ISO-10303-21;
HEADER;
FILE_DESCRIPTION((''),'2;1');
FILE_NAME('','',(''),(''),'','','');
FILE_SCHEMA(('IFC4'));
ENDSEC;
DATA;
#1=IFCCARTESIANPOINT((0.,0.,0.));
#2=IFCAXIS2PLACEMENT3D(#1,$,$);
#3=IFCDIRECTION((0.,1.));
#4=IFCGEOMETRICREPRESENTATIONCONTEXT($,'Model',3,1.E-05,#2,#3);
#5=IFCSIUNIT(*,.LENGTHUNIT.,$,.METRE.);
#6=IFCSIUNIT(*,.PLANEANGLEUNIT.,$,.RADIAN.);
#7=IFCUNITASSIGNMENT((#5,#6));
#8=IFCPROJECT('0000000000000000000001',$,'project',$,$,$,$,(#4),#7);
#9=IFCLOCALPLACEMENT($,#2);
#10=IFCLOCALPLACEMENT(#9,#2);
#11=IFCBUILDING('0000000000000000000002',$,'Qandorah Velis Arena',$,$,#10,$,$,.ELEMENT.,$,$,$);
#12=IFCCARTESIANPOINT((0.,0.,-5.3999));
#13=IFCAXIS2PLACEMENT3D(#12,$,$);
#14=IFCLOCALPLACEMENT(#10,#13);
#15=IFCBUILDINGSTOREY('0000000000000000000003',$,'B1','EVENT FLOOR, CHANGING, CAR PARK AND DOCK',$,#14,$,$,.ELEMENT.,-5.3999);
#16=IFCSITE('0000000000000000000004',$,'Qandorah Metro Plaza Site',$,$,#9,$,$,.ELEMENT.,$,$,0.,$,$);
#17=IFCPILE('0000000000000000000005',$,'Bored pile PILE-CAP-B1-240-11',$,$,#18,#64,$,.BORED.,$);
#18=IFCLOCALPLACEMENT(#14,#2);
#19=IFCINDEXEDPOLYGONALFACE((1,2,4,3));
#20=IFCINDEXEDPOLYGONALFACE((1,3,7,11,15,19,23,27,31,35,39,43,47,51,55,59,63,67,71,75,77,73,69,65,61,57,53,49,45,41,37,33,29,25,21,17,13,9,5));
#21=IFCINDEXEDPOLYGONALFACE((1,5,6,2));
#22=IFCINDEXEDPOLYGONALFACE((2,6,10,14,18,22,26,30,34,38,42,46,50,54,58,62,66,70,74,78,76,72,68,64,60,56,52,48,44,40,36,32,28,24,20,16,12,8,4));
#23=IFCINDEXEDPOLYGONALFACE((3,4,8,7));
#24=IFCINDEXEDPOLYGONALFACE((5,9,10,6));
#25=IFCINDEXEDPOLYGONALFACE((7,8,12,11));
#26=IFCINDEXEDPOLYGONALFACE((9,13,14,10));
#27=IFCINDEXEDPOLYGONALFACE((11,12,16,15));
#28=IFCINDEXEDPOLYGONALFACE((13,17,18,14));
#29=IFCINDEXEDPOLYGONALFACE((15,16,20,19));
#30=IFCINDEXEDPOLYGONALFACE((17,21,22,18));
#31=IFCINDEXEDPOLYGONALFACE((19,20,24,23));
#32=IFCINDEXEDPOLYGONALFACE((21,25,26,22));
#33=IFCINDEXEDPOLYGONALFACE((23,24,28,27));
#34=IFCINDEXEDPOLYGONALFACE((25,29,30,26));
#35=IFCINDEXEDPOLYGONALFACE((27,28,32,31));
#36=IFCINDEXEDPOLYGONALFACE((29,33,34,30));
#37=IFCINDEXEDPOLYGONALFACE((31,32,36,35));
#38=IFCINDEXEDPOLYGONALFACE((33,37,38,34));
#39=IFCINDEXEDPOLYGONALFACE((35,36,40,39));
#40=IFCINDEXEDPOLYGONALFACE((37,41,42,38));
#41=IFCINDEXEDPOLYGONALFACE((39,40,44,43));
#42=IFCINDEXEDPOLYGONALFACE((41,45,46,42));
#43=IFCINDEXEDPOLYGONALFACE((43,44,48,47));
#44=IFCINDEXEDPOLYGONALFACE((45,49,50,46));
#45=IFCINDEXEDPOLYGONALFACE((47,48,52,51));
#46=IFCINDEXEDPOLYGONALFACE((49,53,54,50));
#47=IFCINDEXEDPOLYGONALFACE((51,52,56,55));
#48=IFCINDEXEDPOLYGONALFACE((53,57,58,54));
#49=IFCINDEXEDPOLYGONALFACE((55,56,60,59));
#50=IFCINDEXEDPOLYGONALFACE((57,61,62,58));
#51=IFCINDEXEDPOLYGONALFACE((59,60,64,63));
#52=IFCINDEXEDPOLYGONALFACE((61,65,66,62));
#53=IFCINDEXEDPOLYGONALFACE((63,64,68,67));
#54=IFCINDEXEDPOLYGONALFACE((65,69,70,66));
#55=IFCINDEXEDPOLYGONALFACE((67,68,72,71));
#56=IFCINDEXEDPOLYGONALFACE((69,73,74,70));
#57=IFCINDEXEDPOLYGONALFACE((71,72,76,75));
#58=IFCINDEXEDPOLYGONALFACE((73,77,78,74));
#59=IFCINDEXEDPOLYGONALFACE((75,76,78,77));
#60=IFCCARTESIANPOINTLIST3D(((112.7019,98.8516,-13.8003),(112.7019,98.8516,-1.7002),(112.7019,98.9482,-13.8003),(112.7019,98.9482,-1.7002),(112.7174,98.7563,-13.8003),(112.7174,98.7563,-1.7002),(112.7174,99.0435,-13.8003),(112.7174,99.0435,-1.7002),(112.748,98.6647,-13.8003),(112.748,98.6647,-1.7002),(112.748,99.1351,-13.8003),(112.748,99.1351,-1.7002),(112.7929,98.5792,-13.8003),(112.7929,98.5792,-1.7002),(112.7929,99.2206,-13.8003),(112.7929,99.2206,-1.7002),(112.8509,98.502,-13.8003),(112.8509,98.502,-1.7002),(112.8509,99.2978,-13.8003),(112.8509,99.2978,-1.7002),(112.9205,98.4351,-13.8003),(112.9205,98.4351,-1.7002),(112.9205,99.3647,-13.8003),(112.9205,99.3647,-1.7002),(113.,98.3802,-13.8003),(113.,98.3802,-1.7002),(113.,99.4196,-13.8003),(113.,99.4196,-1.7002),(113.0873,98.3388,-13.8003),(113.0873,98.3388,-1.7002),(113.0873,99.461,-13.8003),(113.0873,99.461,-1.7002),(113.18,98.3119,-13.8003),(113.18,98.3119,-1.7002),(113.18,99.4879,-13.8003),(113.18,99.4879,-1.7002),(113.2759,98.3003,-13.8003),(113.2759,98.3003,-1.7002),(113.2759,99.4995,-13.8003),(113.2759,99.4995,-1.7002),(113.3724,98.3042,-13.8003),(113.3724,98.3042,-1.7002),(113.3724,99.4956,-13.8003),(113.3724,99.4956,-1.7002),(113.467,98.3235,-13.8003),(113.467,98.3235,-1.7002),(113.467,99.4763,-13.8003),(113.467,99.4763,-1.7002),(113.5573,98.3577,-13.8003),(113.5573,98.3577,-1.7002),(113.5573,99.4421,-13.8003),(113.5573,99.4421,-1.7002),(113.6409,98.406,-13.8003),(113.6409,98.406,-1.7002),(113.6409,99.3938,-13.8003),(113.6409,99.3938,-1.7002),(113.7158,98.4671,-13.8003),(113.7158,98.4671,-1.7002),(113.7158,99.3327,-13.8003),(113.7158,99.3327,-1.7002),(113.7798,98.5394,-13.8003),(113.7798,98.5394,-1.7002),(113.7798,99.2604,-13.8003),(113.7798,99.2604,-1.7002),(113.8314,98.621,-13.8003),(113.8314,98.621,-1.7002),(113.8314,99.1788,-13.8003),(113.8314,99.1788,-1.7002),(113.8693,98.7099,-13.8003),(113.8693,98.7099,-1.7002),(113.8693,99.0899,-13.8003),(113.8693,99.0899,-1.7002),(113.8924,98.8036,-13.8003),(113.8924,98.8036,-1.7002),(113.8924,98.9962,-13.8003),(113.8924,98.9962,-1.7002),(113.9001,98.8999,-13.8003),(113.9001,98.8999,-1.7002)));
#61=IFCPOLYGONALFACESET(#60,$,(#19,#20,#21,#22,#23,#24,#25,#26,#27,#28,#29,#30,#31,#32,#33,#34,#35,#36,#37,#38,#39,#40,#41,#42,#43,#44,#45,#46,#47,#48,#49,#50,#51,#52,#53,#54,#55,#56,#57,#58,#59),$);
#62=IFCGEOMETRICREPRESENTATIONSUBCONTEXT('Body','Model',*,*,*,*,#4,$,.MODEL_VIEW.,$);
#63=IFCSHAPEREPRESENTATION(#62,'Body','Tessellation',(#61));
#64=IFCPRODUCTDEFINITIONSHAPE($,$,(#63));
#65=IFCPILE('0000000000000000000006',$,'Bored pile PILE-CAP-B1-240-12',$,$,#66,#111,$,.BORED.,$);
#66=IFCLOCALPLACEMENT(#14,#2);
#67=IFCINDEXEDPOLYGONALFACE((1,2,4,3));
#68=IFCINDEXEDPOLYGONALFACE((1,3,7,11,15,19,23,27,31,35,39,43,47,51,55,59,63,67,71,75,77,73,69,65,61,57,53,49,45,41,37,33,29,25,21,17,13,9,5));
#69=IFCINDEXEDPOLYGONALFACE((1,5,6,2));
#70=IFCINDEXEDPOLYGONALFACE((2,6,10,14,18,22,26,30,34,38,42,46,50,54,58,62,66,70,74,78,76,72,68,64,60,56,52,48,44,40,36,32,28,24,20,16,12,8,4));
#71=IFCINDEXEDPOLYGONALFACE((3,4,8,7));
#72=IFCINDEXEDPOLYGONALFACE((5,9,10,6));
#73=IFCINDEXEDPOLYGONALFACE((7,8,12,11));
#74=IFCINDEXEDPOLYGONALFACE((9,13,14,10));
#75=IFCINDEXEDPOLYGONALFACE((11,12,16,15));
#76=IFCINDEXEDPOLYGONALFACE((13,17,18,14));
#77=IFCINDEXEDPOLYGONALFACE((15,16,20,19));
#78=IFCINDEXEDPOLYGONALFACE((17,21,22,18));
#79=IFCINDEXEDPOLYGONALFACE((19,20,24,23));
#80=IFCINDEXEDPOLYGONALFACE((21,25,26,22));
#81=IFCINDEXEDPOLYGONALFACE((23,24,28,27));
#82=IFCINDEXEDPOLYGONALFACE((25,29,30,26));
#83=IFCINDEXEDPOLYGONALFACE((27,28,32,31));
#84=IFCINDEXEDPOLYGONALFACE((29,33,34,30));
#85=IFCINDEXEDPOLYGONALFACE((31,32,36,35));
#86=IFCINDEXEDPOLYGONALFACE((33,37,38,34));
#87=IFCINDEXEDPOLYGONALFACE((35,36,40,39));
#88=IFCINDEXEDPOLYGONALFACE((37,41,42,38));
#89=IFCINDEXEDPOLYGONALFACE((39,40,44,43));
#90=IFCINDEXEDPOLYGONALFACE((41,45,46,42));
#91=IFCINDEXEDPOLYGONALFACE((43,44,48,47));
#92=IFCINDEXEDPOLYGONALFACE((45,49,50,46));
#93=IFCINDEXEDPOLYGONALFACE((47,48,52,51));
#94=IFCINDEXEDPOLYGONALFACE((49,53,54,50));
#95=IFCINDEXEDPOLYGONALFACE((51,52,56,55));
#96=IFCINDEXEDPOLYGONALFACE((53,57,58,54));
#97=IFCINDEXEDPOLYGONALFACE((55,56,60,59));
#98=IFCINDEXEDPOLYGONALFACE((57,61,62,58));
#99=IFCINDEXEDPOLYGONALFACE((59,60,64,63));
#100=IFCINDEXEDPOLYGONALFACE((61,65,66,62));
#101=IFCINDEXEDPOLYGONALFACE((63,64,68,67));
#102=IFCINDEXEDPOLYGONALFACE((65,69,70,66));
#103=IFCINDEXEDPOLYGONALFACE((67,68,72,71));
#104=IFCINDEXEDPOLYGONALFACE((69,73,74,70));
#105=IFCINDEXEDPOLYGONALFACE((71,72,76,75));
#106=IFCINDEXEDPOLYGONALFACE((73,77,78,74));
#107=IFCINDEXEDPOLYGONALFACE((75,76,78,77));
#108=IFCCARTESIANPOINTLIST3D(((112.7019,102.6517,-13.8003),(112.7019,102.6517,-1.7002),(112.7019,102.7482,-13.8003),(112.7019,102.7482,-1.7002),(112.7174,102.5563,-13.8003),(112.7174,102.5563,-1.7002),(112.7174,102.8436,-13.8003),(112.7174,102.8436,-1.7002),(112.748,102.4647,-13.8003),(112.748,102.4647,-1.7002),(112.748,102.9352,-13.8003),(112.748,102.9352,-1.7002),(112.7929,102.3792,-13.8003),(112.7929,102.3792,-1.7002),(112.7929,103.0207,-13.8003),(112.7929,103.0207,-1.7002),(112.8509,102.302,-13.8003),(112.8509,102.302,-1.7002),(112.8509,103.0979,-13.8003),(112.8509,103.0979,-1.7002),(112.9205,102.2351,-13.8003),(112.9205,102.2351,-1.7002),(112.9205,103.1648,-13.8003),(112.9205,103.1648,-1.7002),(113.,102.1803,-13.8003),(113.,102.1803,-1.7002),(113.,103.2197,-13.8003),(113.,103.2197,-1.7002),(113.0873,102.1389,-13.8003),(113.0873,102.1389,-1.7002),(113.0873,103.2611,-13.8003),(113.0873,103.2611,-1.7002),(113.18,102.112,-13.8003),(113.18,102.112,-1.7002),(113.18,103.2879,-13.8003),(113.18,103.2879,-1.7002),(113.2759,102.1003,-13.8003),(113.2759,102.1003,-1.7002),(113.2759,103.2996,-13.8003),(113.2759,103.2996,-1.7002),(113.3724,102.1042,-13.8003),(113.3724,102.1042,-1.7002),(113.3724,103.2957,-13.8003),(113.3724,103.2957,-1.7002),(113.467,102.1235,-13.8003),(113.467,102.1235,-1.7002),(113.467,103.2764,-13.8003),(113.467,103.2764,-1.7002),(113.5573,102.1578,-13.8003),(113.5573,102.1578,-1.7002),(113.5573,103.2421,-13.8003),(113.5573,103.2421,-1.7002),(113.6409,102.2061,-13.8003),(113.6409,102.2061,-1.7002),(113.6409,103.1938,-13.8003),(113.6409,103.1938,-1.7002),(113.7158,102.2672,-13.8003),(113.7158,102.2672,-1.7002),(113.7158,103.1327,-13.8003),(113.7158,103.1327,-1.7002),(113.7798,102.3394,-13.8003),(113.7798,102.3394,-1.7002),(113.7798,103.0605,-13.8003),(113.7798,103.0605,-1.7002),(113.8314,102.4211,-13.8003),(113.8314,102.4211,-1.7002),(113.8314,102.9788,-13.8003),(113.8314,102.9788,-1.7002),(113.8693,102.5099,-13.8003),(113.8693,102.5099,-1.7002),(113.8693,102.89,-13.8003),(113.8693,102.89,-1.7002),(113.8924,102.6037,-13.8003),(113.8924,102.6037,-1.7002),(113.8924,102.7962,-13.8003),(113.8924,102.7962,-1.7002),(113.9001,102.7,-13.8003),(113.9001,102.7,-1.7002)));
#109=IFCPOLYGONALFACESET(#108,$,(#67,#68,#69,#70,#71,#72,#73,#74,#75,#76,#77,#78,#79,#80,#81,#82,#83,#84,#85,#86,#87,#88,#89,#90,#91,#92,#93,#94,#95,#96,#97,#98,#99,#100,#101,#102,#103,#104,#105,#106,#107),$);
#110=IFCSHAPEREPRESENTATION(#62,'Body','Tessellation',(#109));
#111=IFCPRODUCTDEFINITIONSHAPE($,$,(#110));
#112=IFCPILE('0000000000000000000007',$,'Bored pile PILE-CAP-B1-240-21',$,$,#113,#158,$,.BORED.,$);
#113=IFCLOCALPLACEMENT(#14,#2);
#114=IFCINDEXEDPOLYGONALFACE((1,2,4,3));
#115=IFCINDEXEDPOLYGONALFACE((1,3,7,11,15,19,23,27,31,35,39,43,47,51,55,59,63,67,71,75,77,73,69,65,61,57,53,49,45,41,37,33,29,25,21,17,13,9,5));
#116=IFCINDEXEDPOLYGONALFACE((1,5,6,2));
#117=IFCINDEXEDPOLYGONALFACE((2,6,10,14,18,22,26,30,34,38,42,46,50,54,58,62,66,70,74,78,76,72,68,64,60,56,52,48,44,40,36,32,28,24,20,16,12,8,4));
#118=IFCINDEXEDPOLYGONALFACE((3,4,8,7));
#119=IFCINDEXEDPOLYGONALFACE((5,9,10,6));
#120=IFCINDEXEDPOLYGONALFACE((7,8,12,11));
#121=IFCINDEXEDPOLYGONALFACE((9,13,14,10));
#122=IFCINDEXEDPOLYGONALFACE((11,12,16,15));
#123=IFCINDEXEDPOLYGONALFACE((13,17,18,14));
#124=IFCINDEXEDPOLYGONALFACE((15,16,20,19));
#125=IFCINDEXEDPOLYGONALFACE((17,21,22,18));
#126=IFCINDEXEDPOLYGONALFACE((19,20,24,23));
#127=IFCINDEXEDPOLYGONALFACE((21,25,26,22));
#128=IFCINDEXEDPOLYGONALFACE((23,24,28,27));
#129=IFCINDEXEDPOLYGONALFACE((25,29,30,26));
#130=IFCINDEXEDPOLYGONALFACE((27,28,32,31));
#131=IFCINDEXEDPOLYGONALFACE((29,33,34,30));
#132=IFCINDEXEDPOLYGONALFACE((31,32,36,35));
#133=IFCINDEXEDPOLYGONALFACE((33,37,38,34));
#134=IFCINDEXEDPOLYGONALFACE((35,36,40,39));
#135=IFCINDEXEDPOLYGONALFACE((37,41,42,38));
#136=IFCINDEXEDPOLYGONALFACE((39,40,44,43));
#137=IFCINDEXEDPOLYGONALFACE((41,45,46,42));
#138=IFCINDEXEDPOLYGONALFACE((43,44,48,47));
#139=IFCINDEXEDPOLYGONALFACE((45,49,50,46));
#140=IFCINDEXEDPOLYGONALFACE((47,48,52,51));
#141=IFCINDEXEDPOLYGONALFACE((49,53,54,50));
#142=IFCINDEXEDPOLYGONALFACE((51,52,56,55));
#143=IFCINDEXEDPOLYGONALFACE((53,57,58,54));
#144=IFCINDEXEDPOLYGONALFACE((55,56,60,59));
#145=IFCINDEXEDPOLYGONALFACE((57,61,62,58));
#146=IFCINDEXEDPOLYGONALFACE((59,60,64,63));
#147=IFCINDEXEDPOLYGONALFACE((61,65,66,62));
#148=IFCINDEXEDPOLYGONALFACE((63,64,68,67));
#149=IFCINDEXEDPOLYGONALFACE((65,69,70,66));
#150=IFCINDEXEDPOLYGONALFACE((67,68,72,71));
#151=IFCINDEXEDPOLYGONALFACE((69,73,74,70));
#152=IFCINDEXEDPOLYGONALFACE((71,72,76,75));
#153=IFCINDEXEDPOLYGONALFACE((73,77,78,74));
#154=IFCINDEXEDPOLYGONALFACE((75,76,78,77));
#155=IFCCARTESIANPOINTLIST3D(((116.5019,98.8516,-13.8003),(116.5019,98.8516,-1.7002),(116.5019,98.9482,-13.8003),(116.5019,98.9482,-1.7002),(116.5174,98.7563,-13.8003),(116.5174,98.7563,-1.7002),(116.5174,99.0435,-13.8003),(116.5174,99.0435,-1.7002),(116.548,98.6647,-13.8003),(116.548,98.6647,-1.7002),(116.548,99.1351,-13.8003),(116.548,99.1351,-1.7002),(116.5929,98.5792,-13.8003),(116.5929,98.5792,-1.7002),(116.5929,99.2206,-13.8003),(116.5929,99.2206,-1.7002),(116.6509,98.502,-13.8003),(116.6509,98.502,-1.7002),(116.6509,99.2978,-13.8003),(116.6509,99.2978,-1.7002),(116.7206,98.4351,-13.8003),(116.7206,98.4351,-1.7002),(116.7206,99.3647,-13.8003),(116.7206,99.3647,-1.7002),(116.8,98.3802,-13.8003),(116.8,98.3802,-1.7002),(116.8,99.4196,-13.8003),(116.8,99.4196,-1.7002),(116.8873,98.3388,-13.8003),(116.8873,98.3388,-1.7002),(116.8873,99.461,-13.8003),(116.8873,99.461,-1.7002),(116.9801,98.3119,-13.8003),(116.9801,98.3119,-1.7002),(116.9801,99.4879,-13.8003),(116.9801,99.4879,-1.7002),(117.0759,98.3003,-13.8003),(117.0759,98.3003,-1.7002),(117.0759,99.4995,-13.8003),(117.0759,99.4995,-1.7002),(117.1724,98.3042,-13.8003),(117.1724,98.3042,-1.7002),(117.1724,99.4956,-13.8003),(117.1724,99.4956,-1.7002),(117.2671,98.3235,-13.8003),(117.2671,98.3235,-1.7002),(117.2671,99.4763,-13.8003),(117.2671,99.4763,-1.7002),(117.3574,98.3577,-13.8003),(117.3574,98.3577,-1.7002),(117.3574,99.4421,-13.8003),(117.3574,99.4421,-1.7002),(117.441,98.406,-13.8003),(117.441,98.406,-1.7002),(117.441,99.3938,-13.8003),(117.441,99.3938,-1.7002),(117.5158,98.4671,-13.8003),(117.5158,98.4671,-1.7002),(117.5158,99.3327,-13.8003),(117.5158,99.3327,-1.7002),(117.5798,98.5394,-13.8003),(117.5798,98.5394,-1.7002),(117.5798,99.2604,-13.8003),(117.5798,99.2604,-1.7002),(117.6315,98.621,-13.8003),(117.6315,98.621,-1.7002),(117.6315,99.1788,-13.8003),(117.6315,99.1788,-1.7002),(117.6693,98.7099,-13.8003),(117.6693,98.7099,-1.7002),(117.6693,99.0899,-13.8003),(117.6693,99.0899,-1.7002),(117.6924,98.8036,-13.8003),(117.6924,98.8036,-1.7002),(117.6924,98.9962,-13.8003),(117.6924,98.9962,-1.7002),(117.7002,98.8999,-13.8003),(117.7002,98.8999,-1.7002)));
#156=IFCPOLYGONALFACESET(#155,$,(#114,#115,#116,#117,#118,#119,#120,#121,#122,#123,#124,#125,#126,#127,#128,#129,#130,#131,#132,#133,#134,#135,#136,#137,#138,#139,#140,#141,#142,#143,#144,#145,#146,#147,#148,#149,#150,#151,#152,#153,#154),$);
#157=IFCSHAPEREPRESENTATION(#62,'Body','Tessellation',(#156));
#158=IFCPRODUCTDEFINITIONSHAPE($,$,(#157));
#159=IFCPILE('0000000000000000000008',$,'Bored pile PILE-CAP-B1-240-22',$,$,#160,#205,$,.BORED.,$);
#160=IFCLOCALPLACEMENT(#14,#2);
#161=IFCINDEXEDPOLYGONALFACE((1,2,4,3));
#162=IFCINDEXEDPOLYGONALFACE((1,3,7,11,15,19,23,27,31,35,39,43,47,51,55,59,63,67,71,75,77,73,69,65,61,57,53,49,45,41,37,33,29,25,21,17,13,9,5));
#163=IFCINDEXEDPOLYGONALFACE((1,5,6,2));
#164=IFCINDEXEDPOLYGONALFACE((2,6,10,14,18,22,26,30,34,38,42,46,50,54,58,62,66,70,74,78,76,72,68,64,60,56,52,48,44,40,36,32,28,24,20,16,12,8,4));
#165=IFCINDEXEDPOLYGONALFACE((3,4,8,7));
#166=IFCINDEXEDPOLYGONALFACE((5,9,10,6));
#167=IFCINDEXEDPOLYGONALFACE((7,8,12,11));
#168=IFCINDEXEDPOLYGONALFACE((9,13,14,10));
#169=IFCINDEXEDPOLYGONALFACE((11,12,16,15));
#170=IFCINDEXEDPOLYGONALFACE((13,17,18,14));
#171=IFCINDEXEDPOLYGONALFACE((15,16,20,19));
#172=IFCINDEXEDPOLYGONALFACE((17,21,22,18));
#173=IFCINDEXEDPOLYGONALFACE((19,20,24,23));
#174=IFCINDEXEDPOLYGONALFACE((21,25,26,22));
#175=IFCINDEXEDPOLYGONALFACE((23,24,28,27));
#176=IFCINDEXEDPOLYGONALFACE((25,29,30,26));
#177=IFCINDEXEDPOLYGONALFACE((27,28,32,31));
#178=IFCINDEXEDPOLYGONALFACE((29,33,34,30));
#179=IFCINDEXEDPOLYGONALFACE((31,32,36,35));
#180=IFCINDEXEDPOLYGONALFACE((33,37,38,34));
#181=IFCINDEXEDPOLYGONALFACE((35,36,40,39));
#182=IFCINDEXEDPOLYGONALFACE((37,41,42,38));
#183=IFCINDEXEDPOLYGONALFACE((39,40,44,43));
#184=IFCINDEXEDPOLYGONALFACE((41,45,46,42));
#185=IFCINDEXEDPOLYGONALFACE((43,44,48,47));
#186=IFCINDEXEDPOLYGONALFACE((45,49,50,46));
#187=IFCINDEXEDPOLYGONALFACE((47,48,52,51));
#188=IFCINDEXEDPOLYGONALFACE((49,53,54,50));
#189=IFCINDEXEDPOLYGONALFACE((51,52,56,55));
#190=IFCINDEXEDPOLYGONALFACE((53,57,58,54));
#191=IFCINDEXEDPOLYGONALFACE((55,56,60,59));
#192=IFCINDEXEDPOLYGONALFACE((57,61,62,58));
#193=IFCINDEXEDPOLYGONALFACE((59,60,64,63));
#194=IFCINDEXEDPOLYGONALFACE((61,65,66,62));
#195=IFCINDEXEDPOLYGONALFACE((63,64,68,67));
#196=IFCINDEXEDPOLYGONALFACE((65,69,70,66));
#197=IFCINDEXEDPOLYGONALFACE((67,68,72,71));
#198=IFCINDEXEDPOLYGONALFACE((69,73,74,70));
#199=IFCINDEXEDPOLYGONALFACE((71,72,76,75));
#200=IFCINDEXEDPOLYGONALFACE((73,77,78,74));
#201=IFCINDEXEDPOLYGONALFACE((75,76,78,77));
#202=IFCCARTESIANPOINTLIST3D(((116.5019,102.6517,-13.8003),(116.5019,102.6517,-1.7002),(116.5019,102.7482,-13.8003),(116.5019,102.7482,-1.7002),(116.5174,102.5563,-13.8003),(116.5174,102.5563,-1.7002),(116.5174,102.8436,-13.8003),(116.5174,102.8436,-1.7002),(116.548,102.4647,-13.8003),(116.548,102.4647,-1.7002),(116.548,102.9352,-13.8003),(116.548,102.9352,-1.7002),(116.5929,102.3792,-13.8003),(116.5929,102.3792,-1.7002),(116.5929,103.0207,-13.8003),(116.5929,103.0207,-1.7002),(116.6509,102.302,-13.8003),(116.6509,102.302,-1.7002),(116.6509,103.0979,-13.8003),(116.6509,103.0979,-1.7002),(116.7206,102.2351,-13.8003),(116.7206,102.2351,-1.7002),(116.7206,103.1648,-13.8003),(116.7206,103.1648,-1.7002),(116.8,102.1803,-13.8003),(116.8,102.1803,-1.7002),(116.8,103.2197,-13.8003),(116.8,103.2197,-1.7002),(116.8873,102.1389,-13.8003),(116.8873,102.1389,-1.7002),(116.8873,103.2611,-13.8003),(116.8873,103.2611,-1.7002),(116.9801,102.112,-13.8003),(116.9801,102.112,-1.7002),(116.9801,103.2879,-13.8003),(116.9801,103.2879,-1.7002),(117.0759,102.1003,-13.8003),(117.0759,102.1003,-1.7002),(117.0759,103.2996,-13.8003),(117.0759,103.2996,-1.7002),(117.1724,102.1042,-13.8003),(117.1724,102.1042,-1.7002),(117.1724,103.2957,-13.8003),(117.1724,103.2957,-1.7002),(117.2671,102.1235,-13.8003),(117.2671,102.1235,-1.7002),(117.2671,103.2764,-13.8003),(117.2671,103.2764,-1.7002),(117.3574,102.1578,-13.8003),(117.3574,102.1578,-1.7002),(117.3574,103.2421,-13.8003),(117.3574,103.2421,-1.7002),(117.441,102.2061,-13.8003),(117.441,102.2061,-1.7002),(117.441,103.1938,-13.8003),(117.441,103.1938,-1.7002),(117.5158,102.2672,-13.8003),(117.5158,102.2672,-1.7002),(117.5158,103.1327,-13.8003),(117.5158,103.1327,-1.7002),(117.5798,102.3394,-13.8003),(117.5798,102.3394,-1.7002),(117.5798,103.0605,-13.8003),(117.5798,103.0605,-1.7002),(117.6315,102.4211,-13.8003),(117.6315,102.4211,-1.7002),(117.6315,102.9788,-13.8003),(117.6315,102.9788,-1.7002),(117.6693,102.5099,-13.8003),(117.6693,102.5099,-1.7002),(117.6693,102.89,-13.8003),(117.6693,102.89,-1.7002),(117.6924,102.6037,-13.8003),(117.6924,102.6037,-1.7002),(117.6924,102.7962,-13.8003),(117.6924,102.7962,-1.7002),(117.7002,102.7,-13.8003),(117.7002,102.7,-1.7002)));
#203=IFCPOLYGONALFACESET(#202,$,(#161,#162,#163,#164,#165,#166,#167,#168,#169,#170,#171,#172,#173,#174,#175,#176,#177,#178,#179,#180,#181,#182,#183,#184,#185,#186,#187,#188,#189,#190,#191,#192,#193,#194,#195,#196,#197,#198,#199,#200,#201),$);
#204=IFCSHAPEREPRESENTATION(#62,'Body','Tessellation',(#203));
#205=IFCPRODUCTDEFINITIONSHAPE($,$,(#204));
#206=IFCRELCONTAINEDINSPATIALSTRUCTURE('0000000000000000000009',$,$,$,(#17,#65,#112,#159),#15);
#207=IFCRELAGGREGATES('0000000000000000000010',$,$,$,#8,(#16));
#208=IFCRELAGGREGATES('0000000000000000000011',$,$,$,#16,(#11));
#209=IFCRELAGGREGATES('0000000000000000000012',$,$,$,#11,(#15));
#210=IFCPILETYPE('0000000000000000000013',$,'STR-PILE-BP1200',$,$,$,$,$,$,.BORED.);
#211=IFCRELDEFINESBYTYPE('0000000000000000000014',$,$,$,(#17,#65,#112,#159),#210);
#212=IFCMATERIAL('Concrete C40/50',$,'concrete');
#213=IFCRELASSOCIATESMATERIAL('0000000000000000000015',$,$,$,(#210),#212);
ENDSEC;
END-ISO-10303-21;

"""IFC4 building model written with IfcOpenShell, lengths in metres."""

from ifc_helpers import new_model, si_unit, direction, frame, origin, origin_2d, place, context, subcontext, project, spatial, circle, extrude, material, material_profile, profile_set, type_object, element, save


model = new_model("IFC4")

# Units and contexts
model_context = context("Model", 3, precision=1e-05, world=origin(), true_north=direction((0.0, 1.0)))
body_context = subcontext(model_context, "Body", "Model", "MODEL_VIEW")
ifc_project = project(units=[si_unit("LENGTHUNIT", "METRE"), si_unit("PLANEANGLEUNIT", "RADIAN")], contexts=[model_context])

# Site, building, storey
site_placement = place(None, origin())
site = spatial("IfcSite", under=ifc_project, at=site_placement, Name="Qandorah Metro Plaza Site", CompositionType="ELEMENT", RefElevation=0.0)
building_placement = place(site_placement, origin())
building = spatial("IfcBuilding", under=site, at=building_placement, Name="Qandorah Velis Arena", CompositionType="ELEMENT")
storey_placement = place(building_placement, frame((0.0, 0.0, -5.3999)))
storey = spatial("IfcBuildingStorey", under=building, at=storey_placement, Name="B1", Description="EVENT FLOOR, CHANGING, CAR PARK AND DOCK", CompositionType="ELEMENT", Elevation=-5.3999)

# Shared definitions
ifc_material_1 = material(Name="Concrete C40/50", Category="concrete")

# Piles
ifc_material_profile_1 = material_profile(ifc_material_1, circle(Radius=0.6001, at=origin_2d()), Name="BORED PILE D1200")
ifc_profile_set_1 = profile_set([ifc_material_profile_1], Name="Concrete C40/50")
pile_type_1 = type_object("IfcPileType", Name="STR-PILE-BP1200", PredefinedType="BORED", material=ifc_profile_set_1)
for number, where, z_axis, x_axis, name in (
    (1, (113.3, 98.8999, -1.7002), (0.0, 0.0, -1.0), (1.0, 0.0, 0.0), "Bored pile PILE-CAP-B1-240-11"),
    (2, (113.3, 102.7, -1.7002), (0.0, 0.0, -1.0), (1.0, 0.0, 0.0), "Bored pile PILE-CAP-B1-240-12"),
    (3, (117.1001, 98.8999, -1.7002), (0.0, 0.0, -1.0), (1.0, 0.0, 0.0), "Bored pile PILE-CAP-B1-240-21"),
    (4, (117.1001, 102.7, -1.7002), (0.0, 0.0, -1.0), (1.0, 0.0, 0.0), "Bored pile PILE-CAP-B1-240-22"),
):
    element("IfcPile", number, at=place(storey_placement, frame(where, z_axis=z_axis, x_axis=x_axis)), inside=storey, type_object=pile_type_1, Name=name, PredefinedType="BORED", context=body_context, shape_type="SweptSolid", body=[
        extrude(circle(Radius=0.6001, at=origin_2d()), origin(), (0.0, 0.0, 1.0), 12.1001),
    ])

save(model, "model.ifc")
